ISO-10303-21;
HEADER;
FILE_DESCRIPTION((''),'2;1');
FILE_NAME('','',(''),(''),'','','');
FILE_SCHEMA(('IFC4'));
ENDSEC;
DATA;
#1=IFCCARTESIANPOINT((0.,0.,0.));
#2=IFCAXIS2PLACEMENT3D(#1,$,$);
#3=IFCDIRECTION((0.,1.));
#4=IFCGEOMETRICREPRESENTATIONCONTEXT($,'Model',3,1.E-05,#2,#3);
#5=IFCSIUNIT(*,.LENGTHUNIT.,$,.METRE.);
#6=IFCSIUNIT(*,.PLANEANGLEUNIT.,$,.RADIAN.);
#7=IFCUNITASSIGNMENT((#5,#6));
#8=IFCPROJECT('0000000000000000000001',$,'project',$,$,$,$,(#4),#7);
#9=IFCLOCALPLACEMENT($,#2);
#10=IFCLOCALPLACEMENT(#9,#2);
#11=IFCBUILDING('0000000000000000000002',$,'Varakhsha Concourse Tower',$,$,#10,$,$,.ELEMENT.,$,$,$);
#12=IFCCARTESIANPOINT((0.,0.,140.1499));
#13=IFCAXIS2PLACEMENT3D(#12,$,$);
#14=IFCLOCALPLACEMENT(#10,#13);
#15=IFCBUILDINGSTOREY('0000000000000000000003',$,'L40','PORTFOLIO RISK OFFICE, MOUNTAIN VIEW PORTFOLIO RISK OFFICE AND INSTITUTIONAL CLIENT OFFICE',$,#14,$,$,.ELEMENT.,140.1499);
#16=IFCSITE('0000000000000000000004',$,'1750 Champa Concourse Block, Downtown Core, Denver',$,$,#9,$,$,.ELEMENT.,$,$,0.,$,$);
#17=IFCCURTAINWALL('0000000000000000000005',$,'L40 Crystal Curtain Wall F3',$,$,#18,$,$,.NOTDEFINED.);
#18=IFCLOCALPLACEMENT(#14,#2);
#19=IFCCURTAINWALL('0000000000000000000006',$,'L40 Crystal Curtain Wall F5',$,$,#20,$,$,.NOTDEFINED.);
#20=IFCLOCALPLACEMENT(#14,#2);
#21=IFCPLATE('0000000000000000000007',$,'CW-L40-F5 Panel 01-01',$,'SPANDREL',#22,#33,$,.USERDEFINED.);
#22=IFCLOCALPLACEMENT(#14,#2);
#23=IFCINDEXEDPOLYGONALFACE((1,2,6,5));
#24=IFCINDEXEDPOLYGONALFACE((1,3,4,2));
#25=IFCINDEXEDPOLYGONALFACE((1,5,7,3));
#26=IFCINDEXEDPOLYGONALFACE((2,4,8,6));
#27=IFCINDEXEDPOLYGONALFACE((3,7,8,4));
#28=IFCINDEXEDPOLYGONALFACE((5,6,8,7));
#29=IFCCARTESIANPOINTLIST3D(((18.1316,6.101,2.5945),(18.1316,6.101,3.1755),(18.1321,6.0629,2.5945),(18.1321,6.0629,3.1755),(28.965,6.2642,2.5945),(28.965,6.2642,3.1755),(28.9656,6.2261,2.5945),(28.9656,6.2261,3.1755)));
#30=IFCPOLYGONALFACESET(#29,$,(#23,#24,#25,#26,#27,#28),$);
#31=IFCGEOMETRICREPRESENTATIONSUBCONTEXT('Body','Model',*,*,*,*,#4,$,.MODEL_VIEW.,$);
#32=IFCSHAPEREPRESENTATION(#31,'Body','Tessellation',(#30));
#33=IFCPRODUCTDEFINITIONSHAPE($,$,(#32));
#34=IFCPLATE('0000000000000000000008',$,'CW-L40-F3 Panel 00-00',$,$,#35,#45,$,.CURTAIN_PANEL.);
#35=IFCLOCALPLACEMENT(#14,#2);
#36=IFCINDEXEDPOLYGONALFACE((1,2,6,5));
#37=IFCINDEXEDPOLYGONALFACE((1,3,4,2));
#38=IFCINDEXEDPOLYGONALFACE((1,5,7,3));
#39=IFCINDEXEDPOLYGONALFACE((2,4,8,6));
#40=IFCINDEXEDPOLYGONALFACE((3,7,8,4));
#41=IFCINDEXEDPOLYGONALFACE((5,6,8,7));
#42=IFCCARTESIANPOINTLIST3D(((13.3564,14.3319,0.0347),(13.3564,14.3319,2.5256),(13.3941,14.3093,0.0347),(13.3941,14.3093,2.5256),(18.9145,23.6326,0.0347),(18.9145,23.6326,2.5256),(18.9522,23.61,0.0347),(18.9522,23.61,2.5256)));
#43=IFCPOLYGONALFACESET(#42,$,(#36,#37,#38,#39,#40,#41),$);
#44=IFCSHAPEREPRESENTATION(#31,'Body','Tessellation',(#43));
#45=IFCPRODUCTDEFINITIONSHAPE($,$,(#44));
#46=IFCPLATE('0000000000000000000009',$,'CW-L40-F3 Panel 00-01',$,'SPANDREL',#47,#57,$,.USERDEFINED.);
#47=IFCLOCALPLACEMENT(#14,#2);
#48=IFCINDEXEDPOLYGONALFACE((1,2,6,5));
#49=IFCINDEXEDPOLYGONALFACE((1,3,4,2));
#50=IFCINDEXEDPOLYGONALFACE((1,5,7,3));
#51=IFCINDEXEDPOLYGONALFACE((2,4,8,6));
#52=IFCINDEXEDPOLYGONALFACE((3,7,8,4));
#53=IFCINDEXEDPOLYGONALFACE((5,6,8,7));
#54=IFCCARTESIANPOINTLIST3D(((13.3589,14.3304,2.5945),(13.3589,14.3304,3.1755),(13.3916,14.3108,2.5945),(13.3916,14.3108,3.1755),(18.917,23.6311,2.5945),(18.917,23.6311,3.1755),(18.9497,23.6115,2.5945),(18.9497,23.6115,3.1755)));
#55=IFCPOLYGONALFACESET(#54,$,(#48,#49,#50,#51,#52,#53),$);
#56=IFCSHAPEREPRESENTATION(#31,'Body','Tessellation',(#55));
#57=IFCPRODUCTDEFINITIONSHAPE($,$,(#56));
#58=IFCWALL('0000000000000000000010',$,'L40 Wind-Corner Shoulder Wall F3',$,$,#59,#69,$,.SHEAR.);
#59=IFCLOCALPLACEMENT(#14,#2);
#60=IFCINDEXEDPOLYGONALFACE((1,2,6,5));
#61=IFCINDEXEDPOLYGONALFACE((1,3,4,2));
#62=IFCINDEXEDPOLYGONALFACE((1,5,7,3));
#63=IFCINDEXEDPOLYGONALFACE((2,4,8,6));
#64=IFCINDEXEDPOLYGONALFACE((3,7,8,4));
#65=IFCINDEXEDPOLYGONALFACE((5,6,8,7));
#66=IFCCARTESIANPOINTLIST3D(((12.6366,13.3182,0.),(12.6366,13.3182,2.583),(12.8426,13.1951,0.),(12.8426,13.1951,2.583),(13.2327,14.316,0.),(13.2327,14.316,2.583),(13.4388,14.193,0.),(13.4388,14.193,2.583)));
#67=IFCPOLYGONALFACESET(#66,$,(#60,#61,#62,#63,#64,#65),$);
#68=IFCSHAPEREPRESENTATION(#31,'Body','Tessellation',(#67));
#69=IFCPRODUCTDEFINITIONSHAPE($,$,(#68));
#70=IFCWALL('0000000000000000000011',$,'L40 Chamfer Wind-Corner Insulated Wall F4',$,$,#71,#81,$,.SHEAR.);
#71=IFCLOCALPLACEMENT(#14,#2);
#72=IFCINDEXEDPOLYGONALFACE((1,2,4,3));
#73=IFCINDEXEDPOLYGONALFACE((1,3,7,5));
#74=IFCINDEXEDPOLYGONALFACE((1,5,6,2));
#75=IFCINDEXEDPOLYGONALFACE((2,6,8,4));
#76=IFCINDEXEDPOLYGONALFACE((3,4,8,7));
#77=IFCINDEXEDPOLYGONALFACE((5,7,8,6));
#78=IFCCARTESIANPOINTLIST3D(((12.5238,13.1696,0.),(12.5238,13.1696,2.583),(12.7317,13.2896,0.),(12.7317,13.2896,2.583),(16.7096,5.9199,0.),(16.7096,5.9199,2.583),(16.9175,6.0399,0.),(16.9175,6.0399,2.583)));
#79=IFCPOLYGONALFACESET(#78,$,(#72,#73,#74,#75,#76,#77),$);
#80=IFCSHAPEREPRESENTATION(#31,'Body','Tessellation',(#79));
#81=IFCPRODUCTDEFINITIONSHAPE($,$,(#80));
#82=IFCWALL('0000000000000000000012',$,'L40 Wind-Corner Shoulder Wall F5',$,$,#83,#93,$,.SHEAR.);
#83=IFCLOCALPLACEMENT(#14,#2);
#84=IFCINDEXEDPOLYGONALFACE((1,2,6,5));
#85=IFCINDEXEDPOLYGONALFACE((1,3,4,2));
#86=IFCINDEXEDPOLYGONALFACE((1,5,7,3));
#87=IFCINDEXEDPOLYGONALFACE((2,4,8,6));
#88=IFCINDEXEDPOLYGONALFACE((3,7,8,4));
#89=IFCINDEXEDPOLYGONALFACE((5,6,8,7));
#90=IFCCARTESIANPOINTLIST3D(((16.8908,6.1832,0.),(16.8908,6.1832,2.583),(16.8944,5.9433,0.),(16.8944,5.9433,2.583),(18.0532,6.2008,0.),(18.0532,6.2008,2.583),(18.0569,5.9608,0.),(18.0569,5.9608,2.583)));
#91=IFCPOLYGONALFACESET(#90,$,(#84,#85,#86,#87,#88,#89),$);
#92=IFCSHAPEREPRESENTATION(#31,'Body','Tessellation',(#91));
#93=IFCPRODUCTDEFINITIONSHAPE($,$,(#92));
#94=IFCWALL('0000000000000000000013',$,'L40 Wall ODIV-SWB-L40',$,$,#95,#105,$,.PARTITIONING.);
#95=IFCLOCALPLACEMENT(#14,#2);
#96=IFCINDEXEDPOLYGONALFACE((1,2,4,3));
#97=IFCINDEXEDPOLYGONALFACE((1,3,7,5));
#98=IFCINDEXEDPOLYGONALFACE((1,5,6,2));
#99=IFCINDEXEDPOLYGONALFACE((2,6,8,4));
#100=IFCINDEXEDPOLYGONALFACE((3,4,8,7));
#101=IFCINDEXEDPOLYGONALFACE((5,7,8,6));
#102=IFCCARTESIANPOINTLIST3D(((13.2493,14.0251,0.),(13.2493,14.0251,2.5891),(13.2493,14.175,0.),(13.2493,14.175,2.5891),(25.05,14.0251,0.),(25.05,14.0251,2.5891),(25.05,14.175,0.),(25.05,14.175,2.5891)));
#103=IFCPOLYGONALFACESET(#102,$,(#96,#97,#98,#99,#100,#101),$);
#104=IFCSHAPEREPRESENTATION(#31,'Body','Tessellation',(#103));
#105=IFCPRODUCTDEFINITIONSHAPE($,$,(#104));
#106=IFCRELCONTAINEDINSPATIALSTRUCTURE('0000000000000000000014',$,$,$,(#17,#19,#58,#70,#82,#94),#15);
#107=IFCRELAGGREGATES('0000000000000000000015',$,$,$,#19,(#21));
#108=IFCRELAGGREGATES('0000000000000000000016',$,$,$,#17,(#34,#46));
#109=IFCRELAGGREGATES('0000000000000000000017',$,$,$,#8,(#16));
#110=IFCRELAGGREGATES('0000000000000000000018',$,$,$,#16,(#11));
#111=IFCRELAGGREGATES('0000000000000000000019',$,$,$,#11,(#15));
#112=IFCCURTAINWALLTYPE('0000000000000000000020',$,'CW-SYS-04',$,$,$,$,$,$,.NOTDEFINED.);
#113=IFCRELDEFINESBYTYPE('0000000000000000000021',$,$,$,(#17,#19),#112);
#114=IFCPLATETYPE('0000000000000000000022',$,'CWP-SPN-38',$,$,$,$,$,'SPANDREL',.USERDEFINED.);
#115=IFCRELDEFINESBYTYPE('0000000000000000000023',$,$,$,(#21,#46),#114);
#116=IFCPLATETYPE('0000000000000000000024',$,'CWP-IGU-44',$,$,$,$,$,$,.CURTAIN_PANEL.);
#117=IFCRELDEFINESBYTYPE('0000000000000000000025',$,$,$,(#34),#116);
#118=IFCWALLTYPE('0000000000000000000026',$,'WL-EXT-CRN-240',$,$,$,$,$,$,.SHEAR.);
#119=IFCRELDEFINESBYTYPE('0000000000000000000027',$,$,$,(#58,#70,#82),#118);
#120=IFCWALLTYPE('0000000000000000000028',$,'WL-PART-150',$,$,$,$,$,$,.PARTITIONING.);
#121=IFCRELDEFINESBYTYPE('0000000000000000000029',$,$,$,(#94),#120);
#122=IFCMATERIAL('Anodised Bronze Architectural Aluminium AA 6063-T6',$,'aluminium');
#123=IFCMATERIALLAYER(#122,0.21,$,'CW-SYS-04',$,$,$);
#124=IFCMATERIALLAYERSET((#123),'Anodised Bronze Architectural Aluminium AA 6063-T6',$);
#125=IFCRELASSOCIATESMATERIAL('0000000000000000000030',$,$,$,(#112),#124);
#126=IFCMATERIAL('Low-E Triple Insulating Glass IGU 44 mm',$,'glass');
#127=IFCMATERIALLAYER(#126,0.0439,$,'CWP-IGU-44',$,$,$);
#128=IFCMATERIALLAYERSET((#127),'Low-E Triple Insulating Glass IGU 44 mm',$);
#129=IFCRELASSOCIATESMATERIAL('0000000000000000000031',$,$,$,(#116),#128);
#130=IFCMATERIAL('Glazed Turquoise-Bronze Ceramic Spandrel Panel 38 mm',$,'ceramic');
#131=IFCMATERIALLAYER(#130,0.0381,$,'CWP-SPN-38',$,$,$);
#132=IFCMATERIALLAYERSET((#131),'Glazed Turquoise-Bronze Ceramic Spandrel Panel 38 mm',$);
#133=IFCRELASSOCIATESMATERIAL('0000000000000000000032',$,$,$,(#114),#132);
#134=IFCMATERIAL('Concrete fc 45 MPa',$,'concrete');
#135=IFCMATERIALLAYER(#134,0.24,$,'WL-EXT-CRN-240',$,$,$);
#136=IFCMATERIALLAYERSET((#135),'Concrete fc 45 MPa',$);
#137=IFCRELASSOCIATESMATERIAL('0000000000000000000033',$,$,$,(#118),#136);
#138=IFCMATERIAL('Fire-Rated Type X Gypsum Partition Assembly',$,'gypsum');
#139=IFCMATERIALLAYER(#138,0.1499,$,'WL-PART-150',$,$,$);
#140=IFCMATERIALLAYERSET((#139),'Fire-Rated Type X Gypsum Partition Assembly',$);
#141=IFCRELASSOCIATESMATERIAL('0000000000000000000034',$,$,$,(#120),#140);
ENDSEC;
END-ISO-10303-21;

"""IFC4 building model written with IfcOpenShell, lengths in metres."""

from ifc_helpers import new_model, si_unit, direction, frame, frame_2d, origin, origin_2d, place, context, subcontext, project, spatial, rectangle, extrude, source, transform, mapped, material, layer, layer_set, type_object, type_shapes, element, aggregate, save


model = new_model("IFC4")

# Units and contexts
model_context = context("Model", 3, precision=1e-05, world=origin(), true_north=direction((0.0, 1.0)))
body_context = subcontext(model_context, "Body", "Model", "MODEL_VIEW")
ifc_project = project(units=[si_unit("LENGTHUNIT", "METRE"), si_unit("PLANEANGLEUNIT", "RADIAN")], contexts=[model_context])

# Site, building, storey
site_placement = place(None, origin())
site = spatial("IfcSite", under=ifc_project, at=site_placement, Name="1750 Champa Concourse Block, Downtown Core, Denver", CompositionType="ELEMENT", RefElevation=0.0)
building_placement = place(site_placement, origin())
building = spatial("IfcBuilding", under=site, at=building_placement, Name="Varakhsha Concourse Tower", CompositionType="ELEMENT")
storey_placement = place(building_placement, frame((0.0, 0.0, 140.1499)))
storey = spatial("IfcBuildingStorey", under=building, at=storey_placement, Name="L40", Description="PORTFOLIO RISK OFFICE, MOUNTAIN VIEW PORTFOLIO RISK OFFICE AND INSTITUTIONAL CLIENT OFFICE", CompositionType="ELEMENT", Elevation=140.1499)

# Curtain walls
ifc_material_1 = material(Name="Anodised Bronze Architectural Aluminium AA 6063-T6", Category="aluminium")
ifc_layer_1 = layer(ifc_material_1, 0.21, Name="CW-SYS-04")
ifc_layer_set_1 = layer_set([ifc_layer_1], Name="Anodised Bronze Architectural Aluminium AA 6063-T6")
curtain_wall_type = type_object("IfcCurtainWallType", Name="CW-SYS-04", PredefinedType="NOTDEFINED", material=ifc_layer_set_1)
curtain_wall_1_placement = place(storey_placement, origin())
curtain_wall_1 = element("IfcCurtainWall", 1, at=curtain_wall_1_placement, inside=storey, type_object=curtain_wall_type, Name="L40 Crystal Curtain Wall F3", PredefinedType="NOTDEFINED")
curtain_wall_2_placement = place(storey_placement, origin())
curtain_wall_2 = element("IfcCurtainWall", 2, at=curtain_wall_2_placement, inside=storey, type_object=curtain_wall_type, Name="L40 Crystal Curtain Wall F5", PredefinedType="NOTDEFINED")

# Shared definitions
ifc_material_2 = material(Name="Concrete fc 45 MPa", Category="concrete")

# Plates
ifc_material_3 = material(Name="Low-E Triple Insulating Glass IGU 44 mm", Category="glass")
ifc_layer_2 = layer(ifc_material_3, 0.0439, Name="CWP-IGU-44")
ifc_layer_set_2 = layer_set([ifc_layer_2], Name="Low-E Triple Insulating Glass IGU 44 mm")
plate_type_1 = type_object("IfcPlateType", Name="CWP-IGU-44", PredefinedType="CURTAIN_PANEL", material=ifc_layer_set_2)
ifc_material_4 = material(Name="Glazed Turquoise-Bronze Ceramic Spandrel Panel 38 mm", Category="ceramic")
ifc_layer_3 = layer(ifc_material_4, 0.0381, Name="CWP-SPN-38")
ifc_layer_set_3 = layer_set([ifc_layer_3], Name="Glazed Turquoise-Bronze Ceramic Spandrel Panel 38 mm")
plate_type_2 = type_object("IfcPlateType", Name="CWP-SPN-38", ElementType="SPANDREL", PredefinedType="USERDEFINED", material=ifc_layer_set_3)
shared_shape_1 = source(origin(), body_context, "Body", "SweptSolid", [
    extrude(rectangle(XDim=10.8347, YDim=0.0381, at=origin_2d()), origin(), (0.0, 0.0, 1.0), 0.5811),
])
plate_1_placement = place(storey_placement, frame((23.5486, 6.1636, 2.5945), z_axis=(0.0, 0.0, 1.0), x_axis=(-0.999887, -0.015063, 0.0)))
plate_1 = element("IfcPlate", 3, at=plate_1_placement, type_object=plate_type_2, Name="CW-L40-F5 Panel 01-01", ObjectType="SPANDREL", PredefinedType="USERDEFINED", context=body_context, shape_type="MappedRepresentation", body=[
    mapped(shared_shape_1, transform((0.0, 0.0, 0.0), scale=1.0)),
])
aggregate(curtain_wall_2, [plate_1])
shared_shape_2 = source(origin(), body_context, "Body", "SweptSolid", [
    extrude(rectangle(XDim=10.835, YDim=0.0439, at=origin_2d()), origin(), (0.0, 0.0, 1.0), 2.491),
])
plate_2_placement = place(storey_placement, frame((16.1543, 18.9709, 0.0347), z_axis=(0.0, 0.0, 1.0), x_axis=(0.512984, 0.858398, 0.0)))
plate_2 = element("IfcPlate", 4, at=plate_2_placement, type_object=plate_type_1, Name="CW-L40-F3 Panel 00-00", PredefinedType="CURTAIN_PANEL", context=body_context, shape_type="MappedRepresentation", body=[
    mapped(shared_shape_2, transform((0.0, 0.0, 0.0), scale=1.0)),
])
shared_shape_3 = source(origin(), body_context, "Body", "SweptSolid", [
    extrude(rectangle(XDim=10.835, YDim=0.0381, at=origin_2d()), origin(), (0.0, 0.0, 1.0), 0.5811),
])
type_shapes(plate_type_2, [shared_shape_1, shared_shape_3])
plate_3_placement = place(storey_placement, frame((16.1543, 18.9709, 2.5945), z_axis=(0.0, 0.0, 1.0), x_axis=(0.512984, 0.858398, 0.0)))
plate_3 = element("IfcPlate", 5, at=plate_3_placement, type_object=plate_type_2, Name="CW-L40-F3 Panel 00-01", ObjectType="SPANDREL", PredefinedType="USERDEFINED", context=body_context, shape_type="MappedRepresentation", body=[
    mapped(shared_shape_3, transform((0.0, 0.0, 0.0), scale=1.0)),
])
aggregate(curtain_wall_1, [plate_2, plate_3])

# Walls
ifc_layer_4 = layer(ifc_material_2, 0.24, Name="WL-EXT-CRN-240")
ifc_layer_set_4 = layer_set([ifc_layer_4], Name="Concrete fc 45 MPa")
wall_type_1 = type_object("IfcWallType", Name="WL-EXT-CRN-240", PredefinedType="SHEAR", material=ifc_layer_set_4)
wall_1_placement = place(storey_placement, frame((13.3357, 14.2544, 0.0), z_axis=(0.0, 0.0, 1.0), x_axis=(-0.51292, -0.858437, 0.0)))
element("IfcWall", 6, at=wall_1_placement, inside=storey, type_object=wall_type_1, Name="L40 Wind-Corner Shoulder Wall F3", PredefinedType="SHEAR", context=body_context, shape_type="SweptSolid", body=[
    extrude(rectangle(XDim=1.1624, YDim=0.24, at=frame_2d((0.5811, 0.0))), origin(), (0.0, 0.0, 1.0), 2.583),
])
wall_2_placement = place(storey_placement, frame((16.8135, 5.98, 0.0), z_axis=(0.0, 0.0, 1.0), x_axis=(-0.500013, 0.866018, 0.0)))
element("IfcWall", 7, at=wall_2_placement, inside=storey, type_object=wall_type_1, Name="L40 Chamfer Wind-Corner Insulated Wall F4", PredefinedType="SHEAR", context=body_context, shape_type="SweptSolid", body=[
    extrude(rectangle(XDim=8.3713, YDim=0.24, at=frame_2d((4.1855, 0.0))), origin(), (0.0, 0.0, 1.0), 2.583),
])
wall_3_placement = place(storey_placement, frame((16.8926, 6.0632, 0.0), z_axis=(0.0, 0.0, 1.0), x_axis=(0.999886, 0.015121, 0.0)))
element("IfcWall", 8, at=wall_3_placement, inside=storey, type_object=wall_type_1, Name="L40 Wind-Corner Shoulder Wall F5", PredefinedType="SHEAR", context=body_context, shape_type="SweptSolid", body=[
    extrude(rectangle(XDim=1.1626, YDim=0.24, at=frame_2d((0.5813, 0.0))), origin(), (0.0, 0.0, 1.0), 2.583),
])
ifc_material_5 = material(Name="Fire-Rated Type X Gypsum Partition Assembly", Category="gypsum")
ifc_layer_5 = layer(ifc_material_5, 0.1499, Name="WL-PART-150")
ifc_layer_set_5 = layer_set([ifc_layer_5], Name="Fire-Rated Type X Gypsum Partition Assembly")
wall_type_2 = type_object("IfcWallType", Name="WL-PART-150", PredefinedType="PARTITIONING", material=ifc_layer_set_5)
wall_4_placement = place(storey_placement, frame((13.2493, 14.1001, 0.0), z_axis=(0.0, 0.0, 1.0), x_axis=(1.0, 0.0, 0.0)))
element("IfcWall", 9, at=wall_4_placement, inside=storey, type_object=wall_type_2, Name="L40 Wall ODIV-SWB-L40", PredefinedType="PARTITIONING", context=body_context, shape_type="SweptSolid", body=[
    extrude(rectangle(XDim=11.8008, YDim=0.1499, at=frame_2d((5.9004, 0.0))), origin(), (0.0, 0.0, 1.0), 2.5891),
])

save(model, "model.ifc")
